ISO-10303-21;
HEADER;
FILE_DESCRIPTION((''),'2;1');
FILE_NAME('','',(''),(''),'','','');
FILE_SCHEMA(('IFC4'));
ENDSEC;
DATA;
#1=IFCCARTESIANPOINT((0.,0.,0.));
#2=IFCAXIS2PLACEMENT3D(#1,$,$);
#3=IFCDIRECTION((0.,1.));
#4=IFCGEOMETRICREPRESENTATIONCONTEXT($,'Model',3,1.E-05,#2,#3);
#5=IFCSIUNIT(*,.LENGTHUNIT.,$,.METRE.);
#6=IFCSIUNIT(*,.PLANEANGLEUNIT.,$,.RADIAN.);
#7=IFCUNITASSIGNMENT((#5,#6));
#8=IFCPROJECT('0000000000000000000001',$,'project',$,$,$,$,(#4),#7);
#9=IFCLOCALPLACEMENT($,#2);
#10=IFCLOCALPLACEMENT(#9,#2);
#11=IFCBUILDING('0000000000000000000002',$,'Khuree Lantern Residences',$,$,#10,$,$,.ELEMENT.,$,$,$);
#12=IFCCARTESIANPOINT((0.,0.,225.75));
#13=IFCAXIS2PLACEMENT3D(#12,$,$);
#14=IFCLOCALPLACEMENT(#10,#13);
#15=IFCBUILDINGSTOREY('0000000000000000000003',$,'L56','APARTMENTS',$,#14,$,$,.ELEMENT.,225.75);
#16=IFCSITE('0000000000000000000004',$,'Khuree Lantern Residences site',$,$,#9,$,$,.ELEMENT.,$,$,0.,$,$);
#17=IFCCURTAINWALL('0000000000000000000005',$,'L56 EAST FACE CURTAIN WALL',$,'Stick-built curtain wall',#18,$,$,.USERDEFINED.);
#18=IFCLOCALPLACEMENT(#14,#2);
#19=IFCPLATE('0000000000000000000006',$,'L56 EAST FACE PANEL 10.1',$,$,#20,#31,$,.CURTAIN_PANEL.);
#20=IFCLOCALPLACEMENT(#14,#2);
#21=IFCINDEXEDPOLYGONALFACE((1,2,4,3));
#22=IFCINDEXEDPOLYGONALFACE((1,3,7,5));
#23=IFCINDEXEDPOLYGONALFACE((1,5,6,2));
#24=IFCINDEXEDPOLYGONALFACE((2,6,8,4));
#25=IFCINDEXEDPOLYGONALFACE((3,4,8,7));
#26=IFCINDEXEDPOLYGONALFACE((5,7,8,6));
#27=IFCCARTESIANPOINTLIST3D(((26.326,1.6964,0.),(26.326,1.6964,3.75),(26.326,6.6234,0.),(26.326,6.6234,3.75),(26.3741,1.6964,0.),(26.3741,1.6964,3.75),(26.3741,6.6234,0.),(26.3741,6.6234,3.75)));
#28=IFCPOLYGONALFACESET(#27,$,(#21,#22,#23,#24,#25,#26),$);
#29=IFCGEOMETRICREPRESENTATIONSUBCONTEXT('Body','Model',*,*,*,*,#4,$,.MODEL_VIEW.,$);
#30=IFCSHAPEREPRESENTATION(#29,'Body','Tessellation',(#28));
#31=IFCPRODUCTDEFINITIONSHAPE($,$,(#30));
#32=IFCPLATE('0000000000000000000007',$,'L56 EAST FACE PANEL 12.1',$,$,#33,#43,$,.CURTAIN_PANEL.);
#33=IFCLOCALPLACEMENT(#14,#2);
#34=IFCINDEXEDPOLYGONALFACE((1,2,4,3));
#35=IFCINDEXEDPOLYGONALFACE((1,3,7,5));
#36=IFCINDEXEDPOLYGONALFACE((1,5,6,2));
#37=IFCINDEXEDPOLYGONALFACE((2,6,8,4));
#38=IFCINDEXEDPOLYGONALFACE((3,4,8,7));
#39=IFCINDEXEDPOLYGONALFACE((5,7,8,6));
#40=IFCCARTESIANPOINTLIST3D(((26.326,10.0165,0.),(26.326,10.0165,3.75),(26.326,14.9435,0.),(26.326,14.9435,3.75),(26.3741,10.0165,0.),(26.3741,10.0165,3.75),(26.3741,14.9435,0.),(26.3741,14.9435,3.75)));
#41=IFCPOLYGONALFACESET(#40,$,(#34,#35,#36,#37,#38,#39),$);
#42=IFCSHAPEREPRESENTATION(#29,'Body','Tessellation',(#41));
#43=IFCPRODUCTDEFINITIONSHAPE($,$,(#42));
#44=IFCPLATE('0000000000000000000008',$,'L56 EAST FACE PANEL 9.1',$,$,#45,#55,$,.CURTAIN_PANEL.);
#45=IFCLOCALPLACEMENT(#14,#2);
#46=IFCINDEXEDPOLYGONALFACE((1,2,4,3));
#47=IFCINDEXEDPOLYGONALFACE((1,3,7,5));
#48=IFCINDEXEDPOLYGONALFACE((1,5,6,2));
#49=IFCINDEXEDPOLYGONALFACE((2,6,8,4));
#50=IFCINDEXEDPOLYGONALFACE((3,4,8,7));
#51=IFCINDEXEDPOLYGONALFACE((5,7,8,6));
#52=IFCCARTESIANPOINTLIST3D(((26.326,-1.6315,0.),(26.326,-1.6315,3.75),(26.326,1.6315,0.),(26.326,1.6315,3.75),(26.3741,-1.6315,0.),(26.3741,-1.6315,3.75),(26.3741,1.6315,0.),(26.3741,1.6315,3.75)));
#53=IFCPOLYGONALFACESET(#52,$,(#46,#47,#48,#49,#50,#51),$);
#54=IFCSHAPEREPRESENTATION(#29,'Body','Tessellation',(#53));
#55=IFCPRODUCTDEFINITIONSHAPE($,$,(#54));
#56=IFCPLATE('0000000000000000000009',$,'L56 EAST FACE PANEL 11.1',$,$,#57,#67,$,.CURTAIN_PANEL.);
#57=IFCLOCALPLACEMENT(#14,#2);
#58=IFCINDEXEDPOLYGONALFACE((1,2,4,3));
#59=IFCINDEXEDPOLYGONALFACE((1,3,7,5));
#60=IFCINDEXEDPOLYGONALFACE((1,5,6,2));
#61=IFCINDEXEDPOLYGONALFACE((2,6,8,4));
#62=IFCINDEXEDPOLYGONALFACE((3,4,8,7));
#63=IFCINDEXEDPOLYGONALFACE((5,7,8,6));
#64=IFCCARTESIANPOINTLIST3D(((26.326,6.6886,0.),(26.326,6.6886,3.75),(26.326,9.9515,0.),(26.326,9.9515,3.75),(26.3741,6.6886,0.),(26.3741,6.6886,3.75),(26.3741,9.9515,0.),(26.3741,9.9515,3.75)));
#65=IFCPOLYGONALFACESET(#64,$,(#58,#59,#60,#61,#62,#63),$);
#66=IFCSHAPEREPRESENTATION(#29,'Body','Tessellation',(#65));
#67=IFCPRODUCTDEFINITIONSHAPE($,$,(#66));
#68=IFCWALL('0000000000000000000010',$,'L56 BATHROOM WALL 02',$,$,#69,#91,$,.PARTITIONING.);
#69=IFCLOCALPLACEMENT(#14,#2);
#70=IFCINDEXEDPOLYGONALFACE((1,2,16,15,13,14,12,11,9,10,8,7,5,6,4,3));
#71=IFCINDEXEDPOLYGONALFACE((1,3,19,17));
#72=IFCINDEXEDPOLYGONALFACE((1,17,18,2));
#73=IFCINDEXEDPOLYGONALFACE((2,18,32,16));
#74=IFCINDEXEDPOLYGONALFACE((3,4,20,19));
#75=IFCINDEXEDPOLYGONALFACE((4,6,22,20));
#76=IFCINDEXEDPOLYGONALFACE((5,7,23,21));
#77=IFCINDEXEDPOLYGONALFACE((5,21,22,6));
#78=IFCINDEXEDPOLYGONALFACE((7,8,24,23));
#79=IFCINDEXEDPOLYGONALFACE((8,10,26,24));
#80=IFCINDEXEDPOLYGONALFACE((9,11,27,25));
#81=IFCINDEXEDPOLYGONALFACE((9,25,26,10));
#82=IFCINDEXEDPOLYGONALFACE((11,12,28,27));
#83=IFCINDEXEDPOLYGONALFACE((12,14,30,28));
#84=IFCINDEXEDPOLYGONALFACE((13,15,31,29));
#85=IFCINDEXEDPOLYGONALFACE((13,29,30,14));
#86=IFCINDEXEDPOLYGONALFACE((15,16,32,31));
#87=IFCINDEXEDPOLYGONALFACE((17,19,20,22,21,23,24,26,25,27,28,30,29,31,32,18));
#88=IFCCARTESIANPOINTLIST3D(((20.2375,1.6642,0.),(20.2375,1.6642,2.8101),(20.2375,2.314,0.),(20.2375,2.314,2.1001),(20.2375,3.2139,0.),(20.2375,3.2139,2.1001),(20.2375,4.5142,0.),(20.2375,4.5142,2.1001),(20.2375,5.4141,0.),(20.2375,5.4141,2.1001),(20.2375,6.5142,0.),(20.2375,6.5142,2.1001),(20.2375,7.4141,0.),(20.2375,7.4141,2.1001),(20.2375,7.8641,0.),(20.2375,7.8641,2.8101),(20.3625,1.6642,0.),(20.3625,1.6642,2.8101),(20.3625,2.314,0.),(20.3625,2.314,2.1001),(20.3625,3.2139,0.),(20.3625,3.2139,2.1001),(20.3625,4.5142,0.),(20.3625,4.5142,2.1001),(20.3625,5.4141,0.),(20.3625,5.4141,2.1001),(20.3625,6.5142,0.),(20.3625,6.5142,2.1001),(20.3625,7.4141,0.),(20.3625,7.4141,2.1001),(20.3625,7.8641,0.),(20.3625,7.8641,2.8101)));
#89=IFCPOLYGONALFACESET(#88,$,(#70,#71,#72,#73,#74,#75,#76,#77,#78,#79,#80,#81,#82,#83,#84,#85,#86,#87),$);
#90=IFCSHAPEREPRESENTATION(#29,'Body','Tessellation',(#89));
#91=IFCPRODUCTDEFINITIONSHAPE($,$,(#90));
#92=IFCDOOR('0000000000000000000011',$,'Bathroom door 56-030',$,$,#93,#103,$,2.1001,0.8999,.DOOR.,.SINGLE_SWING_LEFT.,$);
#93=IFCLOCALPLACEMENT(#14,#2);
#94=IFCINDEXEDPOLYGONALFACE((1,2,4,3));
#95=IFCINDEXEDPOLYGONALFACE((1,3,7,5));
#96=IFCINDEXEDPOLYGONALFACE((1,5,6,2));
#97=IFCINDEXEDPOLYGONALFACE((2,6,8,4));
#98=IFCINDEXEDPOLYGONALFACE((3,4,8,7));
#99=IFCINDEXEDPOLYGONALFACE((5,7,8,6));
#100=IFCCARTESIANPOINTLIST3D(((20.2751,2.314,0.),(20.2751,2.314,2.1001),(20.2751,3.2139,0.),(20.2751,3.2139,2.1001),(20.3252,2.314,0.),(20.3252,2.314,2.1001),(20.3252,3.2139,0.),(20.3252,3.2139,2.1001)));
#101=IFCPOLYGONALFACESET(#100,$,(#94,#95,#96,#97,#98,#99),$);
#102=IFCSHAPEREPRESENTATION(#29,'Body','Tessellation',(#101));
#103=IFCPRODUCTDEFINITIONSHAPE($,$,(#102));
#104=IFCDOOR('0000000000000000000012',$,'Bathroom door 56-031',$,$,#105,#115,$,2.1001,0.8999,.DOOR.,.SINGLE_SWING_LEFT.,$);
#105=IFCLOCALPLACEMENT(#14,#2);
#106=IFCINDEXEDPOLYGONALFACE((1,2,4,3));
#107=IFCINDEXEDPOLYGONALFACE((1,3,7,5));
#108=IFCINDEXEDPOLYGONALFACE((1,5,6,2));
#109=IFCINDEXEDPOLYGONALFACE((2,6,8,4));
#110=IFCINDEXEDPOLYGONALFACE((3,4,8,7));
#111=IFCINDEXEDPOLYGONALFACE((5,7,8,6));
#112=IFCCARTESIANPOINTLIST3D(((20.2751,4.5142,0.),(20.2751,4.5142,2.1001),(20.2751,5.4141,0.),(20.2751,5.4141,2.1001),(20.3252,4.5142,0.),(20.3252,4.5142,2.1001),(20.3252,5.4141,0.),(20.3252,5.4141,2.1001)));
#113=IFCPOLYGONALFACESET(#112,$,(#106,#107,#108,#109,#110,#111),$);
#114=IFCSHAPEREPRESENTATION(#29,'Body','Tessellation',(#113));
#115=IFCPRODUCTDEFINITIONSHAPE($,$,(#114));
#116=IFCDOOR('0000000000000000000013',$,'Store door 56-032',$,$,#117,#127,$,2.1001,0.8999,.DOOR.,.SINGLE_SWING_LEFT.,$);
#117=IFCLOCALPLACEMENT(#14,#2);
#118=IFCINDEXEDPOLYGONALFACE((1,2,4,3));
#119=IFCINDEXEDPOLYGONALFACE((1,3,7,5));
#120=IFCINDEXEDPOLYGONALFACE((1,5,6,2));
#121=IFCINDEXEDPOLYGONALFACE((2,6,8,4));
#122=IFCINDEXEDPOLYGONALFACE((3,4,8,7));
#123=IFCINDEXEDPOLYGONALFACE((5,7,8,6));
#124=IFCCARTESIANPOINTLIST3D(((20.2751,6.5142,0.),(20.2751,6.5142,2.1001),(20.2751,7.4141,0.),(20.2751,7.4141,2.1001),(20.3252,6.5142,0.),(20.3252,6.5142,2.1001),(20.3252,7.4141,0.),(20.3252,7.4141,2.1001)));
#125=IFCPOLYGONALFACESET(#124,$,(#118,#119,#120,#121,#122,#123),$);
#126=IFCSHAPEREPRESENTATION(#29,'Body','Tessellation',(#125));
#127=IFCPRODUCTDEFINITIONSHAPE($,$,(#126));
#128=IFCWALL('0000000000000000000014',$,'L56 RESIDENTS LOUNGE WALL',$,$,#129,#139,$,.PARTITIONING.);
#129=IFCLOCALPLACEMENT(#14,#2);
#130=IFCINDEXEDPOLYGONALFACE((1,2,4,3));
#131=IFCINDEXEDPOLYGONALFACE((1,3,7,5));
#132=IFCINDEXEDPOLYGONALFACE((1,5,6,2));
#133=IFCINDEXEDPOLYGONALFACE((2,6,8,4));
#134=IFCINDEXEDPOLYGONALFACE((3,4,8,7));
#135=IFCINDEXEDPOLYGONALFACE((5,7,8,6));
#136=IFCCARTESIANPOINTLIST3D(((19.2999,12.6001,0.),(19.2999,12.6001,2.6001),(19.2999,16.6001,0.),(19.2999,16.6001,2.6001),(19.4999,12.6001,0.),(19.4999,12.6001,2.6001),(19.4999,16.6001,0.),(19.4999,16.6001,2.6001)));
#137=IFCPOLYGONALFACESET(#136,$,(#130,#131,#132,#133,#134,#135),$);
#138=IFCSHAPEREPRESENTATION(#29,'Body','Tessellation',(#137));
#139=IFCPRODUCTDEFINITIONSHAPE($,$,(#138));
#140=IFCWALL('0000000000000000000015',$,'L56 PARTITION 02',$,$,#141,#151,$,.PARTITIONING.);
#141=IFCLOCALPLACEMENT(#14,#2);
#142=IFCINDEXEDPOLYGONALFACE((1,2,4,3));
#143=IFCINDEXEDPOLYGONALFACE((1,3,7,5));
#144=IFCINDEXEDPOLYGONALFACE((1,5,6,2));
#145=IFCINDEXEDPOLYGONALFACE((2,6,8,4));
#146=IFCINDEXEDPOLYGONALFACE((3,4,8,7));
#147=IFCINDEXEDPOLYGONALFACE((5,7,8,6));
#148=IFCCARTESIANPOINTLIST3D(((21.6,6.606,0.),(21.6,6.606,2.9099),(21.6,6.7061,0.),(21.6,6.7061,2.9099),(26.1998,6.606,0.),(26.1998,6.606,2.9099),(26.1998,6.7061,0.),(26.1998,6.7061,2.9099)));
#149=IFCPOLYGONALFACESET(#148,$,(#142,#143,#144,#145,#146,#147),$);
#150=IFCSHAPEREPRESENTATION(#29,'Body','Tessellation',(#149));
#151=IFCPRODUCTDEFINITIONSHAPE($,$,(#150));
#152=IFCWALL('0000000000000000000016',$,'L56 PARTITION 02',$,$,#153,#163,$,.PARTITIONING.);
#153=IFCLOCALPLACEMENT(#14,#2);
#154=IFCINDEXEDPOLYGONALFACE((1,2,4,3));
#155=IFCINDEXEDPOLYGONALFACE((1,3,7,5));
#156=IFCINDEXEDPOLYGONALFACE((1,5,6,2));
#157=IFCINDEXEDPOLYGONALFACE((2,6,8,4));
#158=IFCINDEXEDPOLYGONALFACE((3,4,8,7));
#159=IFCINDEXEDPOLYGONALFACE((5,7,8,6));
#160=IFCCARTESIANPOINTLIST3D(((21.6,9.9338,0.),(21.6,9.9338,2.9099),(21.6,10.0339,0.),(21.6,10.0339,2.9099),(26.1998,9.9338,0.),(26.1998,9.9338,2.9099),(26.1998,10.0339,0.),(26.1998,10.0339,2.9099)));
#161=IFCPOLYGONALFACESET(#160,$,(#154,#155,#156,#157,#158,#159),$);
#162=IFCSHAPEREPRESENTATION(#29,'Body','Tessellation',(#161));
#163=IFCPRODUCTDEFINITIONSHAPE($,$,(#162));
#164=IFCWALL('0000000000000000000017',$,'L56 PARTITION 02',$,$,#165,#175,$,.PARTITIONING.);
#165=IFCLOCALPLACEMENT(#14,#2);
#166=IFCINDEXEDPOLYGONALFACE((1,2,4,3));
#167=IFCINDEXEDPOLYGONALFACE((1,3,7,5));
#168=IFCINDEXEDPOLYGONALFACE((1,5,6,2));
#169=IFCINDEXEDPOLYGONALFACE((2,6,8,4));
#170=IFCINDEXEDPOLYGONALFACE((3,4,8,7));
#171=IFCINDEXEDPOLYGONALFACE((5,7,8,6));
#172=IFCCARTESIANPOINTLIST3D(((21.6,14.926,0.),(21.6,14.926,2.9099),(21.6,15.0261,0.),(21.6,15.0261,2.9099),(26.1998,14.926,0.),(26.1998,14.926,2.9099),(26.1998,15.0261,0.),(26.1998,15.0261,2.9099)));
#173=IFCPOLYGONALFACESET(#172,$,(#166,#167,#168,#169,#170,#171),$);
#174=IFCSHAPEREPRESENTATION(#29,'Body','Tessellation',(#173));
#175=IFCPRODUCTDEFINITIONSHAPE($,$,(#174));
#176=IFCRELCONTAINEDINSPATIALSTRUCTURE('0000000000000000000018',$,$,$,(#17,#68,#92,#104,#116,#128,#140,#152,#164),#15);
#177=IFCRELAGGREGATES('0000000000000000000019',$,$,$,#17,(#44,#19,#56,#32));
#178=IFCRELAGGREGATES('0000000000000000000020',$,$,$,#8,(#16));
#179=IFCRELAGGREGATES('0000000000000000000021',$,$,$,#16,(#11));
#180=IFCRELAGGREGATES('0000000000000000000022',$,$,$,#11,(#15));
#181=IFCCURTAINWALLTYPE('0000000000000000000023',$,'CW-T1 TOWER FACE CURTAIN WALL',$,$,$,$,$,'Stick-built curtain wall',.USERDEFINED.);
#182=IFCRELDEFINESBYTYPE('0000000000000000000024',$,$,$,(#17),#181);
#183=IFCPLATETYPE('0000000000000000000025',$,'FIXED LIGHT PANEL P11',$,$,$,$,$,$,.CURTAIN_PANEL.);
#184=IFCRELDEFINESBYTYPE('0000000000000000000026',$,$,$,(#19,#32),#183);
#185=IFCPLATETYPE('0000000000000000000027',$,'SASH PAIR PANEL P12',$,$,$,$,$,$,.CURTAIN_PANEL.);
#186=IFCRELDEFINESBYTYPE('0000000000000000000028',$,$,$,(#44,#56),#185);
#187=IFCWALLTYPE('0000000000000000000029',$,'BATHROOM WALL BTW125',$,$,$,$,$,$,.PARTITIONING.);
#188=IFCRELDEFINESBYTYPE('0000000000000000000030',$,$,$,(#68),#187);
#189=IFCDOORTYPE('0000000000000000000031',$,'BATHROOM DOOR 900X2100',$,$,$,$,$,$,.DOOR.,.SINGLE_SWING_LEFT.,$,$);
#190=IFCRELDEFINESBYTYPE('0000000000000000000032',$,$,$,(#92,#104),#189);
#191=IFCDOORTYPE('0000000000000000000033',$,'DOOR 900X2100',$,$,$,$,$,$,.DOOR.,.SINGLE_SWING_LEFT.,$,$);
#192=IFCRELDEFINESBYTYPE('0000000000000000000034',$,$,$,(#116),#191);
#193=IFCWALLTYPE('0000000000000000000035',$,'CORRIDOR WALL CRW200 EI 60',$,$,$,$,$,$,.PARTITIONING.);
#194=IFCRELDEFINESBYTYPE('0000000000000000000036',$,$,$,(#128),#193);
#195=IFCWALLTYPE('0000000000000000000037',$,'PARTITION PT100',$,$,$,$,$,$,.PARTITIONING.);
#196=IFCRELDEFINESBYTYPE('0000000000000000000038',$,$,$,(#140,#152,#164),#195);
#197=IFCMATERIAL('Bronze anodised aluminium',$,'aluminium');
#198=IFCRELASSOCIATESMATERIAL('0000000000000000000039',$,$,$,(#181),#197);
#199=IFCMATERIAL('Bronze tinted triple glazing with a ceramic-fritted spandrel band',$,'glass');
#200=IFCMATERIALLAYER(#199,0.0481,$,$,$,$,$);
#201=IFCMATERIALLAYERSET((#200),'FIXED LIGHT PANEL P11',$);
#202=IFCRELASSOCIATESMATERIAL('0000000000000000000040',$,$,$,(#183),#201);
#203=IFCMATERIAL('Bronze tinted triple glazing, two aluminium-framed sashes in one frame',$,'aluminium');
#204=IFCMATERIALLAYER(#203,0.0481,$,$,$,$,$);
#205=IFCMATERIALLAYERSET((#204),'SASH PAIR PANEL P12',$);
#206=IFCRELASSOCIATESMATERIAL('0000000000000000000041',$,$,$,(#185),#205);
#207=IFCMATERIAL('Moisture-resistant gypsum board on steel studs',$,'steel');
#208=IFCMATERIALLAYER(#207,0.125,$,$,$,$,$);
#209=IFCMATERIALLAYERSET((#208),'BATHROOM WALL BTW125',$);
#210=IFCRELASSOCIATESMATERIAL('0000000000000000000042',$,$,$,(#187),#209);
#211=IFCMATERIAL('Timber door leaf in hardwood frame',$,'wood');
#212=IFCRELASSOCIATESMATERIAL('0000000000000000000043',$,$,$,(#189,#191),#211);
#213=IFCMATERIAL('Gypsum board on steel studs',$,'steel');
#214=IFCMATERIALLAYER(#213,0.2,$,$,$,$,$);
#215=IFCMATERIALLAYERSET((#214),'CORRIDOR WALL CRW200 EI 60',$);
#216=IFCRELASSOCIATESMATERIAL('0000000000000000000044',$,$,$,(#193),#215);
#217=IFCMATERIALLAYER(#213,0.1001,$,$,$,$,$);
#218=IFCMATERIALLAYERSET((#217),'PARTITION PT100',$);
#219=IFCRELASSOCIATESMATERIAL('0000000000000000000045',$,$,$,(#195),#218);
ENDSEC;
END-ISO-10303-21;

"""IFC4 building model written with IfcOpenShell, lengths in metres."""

from ifc_helpers import new_model, si_unit, direction, frame, frame_2d, origin, origin_2d, place, context, subcontext, project, spatial, rectangle, extrude, material, layer, layer_set, type_object, element, fill, aggregate, save


model = new_model("IFC4")

# Units and contexts
model_context = context("Model", 3, precision=1e-05, world=origin(), true_north=direction((0.0, 1.0)))
body_context = subcontext(model_context, "Body", "Model", "MODEL_VIEW")
ifc_project = project(units=[si_unit("LENGTHUNIT", "METRE"), si_unit("PLANEANGLEUNIT", "RADIAN")], contexts=[model_context])

# Site, building, storey
site_placement = place(None, origin())
site = spatial("IfcSite", under=ifc_project, at=site_placement, Name="Khuree Lantern Residences site", CompositionType="ELEMENT", RefElevation=0.0)
building_placement = place(site_placement, origin())
building = spatial("IfcBuilding", under=site, at=building_placement, Name="Khuree Lantern Residences", CompositionType="ELEMENT")
storey_placement = place(building_placement, frame((0.0, 0.0, 225.75)))
storey = spatial("IfcBuildingStorey", under=building, at=storey_placement, Name="L56", Description="APARTMENTS", CompositionType="ELEMENT", Elevation=225.75)

# Curtain wall
ifc_material_1 = material(Name="Bronze anodised aluminium", Category="aluminium")
curtain_wall_type = type_object("IfcCurtainWallType", Name="CW-T1 TOWER FACE CURTAIN WALL", ElementType="Stick-built curtain wall", PredefinedType="USERDEFINED", material=ifc_material_1)
curtain_wall_placement = place(storey_placement, origin())
curtain_wall = element("IfcCurtainWall", 1, at=curtain_wall_placement, inside=storey, type_object=curtain_wall_type, Name="L56 EAST FACE CURTAIN WALL", ObjectType="Stick-built curtain wall", PredefinedType="USERDEFINED")

# Plates
ifc_material_2 = material(Name="Bronze tinted triple glazing with a ceramic-fritted spandrel band", Category="glass")
ifc_layer_1 = layer(ifc_material_2, 0.0481)
ifc_layer_set_1 = layer_set([ifc_layer_1], Name="FIXED LIGHT PANEL P11")
plate_type_1 = type_object("IfcPlateType", Name="FIXED LIGHT PANEL P11", PredefinedType="CURTAIN_PANEL", material=ifc_layer_set_1)
plate_1_placement = place(storey_placement, frame((26.3501, 4.1599, 0.0), z_axis=(0.0, 0.0, 1.0), x_axis=(0.0, 1.0, 0.0)))
plate_1 = element("IfcPlate", 2, at=plate_1_placement, type_object=plate_type_1, Name="L56 EAST FACE PANEL 10.1", PredefinedType="CURTAIN_PANEL", context=body_context, shape_type="SweptSolid", body=[
    extrude(rectangle(XDim=4.927, YDim=0.0481, at=origin_2d()), origin(), (0.0, 0.0, 1.0), 3.75),
])
plate_2_placement = place(storey_placement, frame((26.3501, 12.48, 0.0), z_axis=(0.0, 0.0, 1.0), x_axis=(0.0, 1.0, 0.0)))
plate_2 = element("IfcPlate", 3, at=plate_2_placement, type_object=plate_type_1, Name="L56 EAST FACE PANEL 12.1", PredefinedType="CURTAIN_PANEL", context=body_context, shape_type="SweptSolid", body=[
    extrude(rectangle(XDim=4.927, YDim=0.0481, at=origin_2d()), origin(), (0.0, 0.0, 1.0), 3.75),
])
ifc_material_3 = material(Name="Bronze tinted triple glazing, two aluminium-framed sashes in one frame", Category="aluminium")
ifc_layer_2 = layer(ifc_material_3, 0.0481)
ifc_layer_set_2 = layer_set([ifc_layer_2], Name="SASH PAIR PANEL P12")
plate_type_2 = type_object("IfcPlateType", Name="SASH PAIR PANEL P12", PredefinedType="CURTAIN_PANEL", material=ifc_layer_set_2)
plate_3_placement = place(storey_placement, frame((26.3501, 0.0, 0.0), z_axis=(0.0, 0.0, 1.0), x_axis=(0.0, 1.0, 0.0)))
plate_3 = element("IfcPlate", 4, at=plate_3_placement, type_object=plate_type_2, Name="L56 EAST FACE PANEL 9.1", PredefinedType="CURTAIN_PANEL", context=body_context, shape_type="SweptSolid", body=[
    extrude(rectangle(XDim=3.2629, YDim=0.0481, at=origin_2d()), origin(), (0.0, 0.0, 1.0), 3.75),
])
plate_4_placement = place(storey_placement, frame((26.3501, 8.3201, 0.0), z_axis=(0.0, 0.0, 1.0), x_axis=(0.0, 1.0, 0.0)))
plate_4 = element("IfcPlate", 5, at=plate_4_placement, type_object=plate_type_2, Name="L56 EAST FACE PANEL 11.1", PredefinedType="CURTAIN_PANEL", context=body_context, shape_type="SweptSolid", body=[
    extrude(rectangle(XDim=3.2629, YDim=0.0481, at=origin_2d()), origin(), (0.0, 0.0, 1.0), 3.75),
])
aggregate(curtain_wall, [plate_3, plate_1, plate_4, plate_2])

# Wall, openings, doors
ifc_material_4 = material(Name="Moisture-resistant gypsum board on steel studs", Category="steel")
ifc_layer_3 = layer(ifc_material_4, 0.125)
ifc_layer_set_3 = layer_set([ifc_layer_3], Name="BATHROOM WALL BTW125")
wall_type_1 = type_object("IfcWallType", Name="BATHROOM WALL BTW125", PredefinedType="PARTITIONING", material=ifc_layer_set_3)
wall_1_placement = place(storey_placement, frame((20.3, 1.6641, 0.0), z_axis=(0.0, 0.0, 1.0), x_axis=(0.0, 1.0, 0.0)))
wall_1 = element("IfcWall", 6, at=wall_1_placement, inside=storey, type_object=wall_type_1, Name="L56 BATHROOM WALL 02", PredefinedType="PARTITIONING", context=body_context, shape_type="SweptSolid", body=[
    extrude(rectangle(XDim=6.2, YDim=0.125, at=frame_2d((3.1001, 0.0))), origin(), (0.0, 0.0, 1.0), 2.8101),
])
opening_1_placement = place(wall_1_placement, frame((0.6499, 0.0, 0.0)))
opening_1 = element("IfcOpeningElement", 7, at=opening_1_placement, cuts=wall_1, PredefinedType="OPENING", context=body_context, shape_type="SweptSolid", body=[
    extrude(rectangle(XDim=0.8999, YDim=2.1001, at=frame_2d((0.45, 1.05))), frame((0.0, 0.0725, 0.0), z_axis=(0.0, -1.0, 0.0), x_axis=(1.0, 0.0, 0.0)), (0.0, 0.0, 1.0), 0.145),
])
opening_2_placement = place(wall_1_placement, frame((2.8501, 0.0, 0.0)))
opening_2 = element("IfcOpeningElement", 8, at=opening_2_placement, cuts=wall_1, PredefinedType="OPENING", context=body_context, shape_type="SweptSolid", body=[
    extrude(rectangle(XDim=0.8999, YDim=2.1001, at=frame_2d((0.45, 1.05))), frame((0.0, 0.0725, 0.0), z_axis=(0.0, -1.0, 0.0), x_axis=(1.0, 0.0, 0.0)), (0.0, 0.0, 1.0), 0.145),
])
opening_3_placement = place(wall_1_placement, frame((4.8501, 0.0, 0.0)))
opening_3 = element("IfcOpeningElement", 9, at=opening_3_placement, cuts=wall_1, PredefinedType="OPENING", context=body_context, shape_type="SweptSolid", body=[
    extrude(rectangle(XDim=0.8999, YDim=2.1001, at=frame_2d((0.45, 1.05))), frame((0.0, 0.0725, 0.0), z_axis=(0.0, -1.0, 0.0), x_axis=(1.0, 0.0, 0.0)), (0.0, 0.0, 1.0), 0.145),
])
ifc_material_5 = material(Name="Timber door leaf in hardwood frame", Category="wood")
door_type_1 = type_object("IfcDoorType", Name="BATHROOM DOOR 900X2100", OperationType="SINGLE_SWING_LEFT", PredefinedType="DOOR", material=ifc_material_5)
door_1_placement = place(opening_1_placement, origin())
door_1 = element("IfcDoor", 10, at=door_1_placement, inside=storey, type_object=door_type_1, Name="Bathroom door 56-030", OperationType="SINGLE_SWING_LEFT", OverallHeight=2.1001, OverallWidth=0.8999, PredefinedType="DOOR", context=body_context, shape_type="SweptSolid", body=[
    extrude(rectangle(XDim=0.8999, YDim=2.1001, at=frame_2d((0.45, 1.05))), frame((0.0, 0.0249, 0.0), z_axis=(0.0, -1.0, 0.0), x_axis=(1.0, 0.0, 0.0)), (0.0, 0.0, 1.0), 0.05),
])
fill(opening_1, door_1)
door_2_placement = place(opening_2_placement, origin())
door_2 = element("IfcDoor", 11, at=door_2_placement, inside=storey, type_object=door_type_1, Name="Bathroom door 56-031", OperationType="SINGLE_SWING_LEFT", OverallHeight=2.1001, OverallWidth=0.8999, PredefinedType="DOOR", context=body_context, shape_type="SweptSolid", body=[
    extrude(rectangle(XDim=0.8999, YDim=2.1001, at=frame_2d((0.45, 1.05))), frame((0.0, 0.0249, 0.0), z_axis=(0.0, -1.0, 0.0), x_axis=(1.0, 0.0, 0.0)), (0.0, 0.0, 1.0), 0.05),
])
fill(opening_2, door_2)
door_type_2 = type_object("IfcDoorType", Name="DOOR 900X2100", OperationType="SINGLE_SWING_LEFT", PredefinedType="DOOR", material=ifc_material_5)
door_3_placement = place(opening_3_placement, origin())
door_3 = element("IfcDoor", 12, at=door_3_placement, inside=storey, type_object=door_type_2, Name="Store door 56-032", OperationType="SINGLE_SWING_LEFT", OverallHeight=2.1001, OverallWidth=0.8999, PredefinedType="DOOR", context=body_context, shape_type="SweptSolid", body=[
    extrude(rectangle(XDim=0.8999, YDim=2.1001, at=frame_2d((0.45, 1.05))), frame((0.0, 0.0249, 0.0), z_axis=(0.0, -1.0, 0.0), x_axis=(1.0, 0.0, 0.0)), (0.0, 0.0, 1.0), 0.05),
])
fill(opening_3, door_3)

# Walls
ifc_material_6 = material(Name="Gypsum board on steel studs", Category="steel")
ifc_layer_4 = layer(ifc_material_6, 0.2)
ifc_layer_set_4 = layer_set([ifc_layer_4], Name="CORRIDOR WALL CRW200 EI 60")
wall_type_2 = type_object("IfcWallType", Name="CORRIDOR WALL CRW200 EI 60", PredefinedType="PARTITIONING", material=ifc_layer_set_4)
wall_2_placement = place(storey_placement, frame((19.3999, 12.6001, 0.0), z_axis=(0.0, 0.0, 1.0), x_axis=(0.0, 1.0, 0.0)))
element("IfcWall", 13, at=wall_2_placement, inside=storey, type_object=wall_type_2, Name="L56 RESIDENTS LOUNGE WALL", PredefinedType="PARTITIONING", context=body_context, shape_type="SweptSolid", body=[
    extrude(rectangle(XDim=4.0, YDim=0.2, at=frame_2d((2.0, 0.0))), origin(), (0.0, 0.0, 1.0), 2.6001),
])
ifc_layer_5 = layer(ifc_material_6, 0.1001)
ifc_layer_set_5 = layer_set([ifc_layer_5], Name="PARTITION PT100")
wall_type_3 = type_object("IfcWallType", Name="PARTITION PT100", PredefinedType="PARTITIONING", material=ifc_layer_set_5)
for number, where, z_axis, x_axis, name in (
    (14, (21.6001, 6.656, 0.0), (0.0, 0.0, 1.0), (1.0, 0.0, 0.0), "L56 PARTITION 02"),
    (15, (21.6001, 9.9839, 0.0), (0.0, 0.0, 1.0), (1.0, 0.0, 0.0), "L56 PARTITION 02"),
    (16, (21.6001, 14.9761, 0.0), (0.0, 0.0, 1.0), (1.0, 0.0, 0.0), "L56 PARTITION 02"),
):
    element("IfcWall", number, at=place(storey_placement, frame(where, z_axis=z_axis, x_axis=x_axis)), inside=storey, type_object=wall_type_3, Name=name, PredefinedType="PARTITIONING", context=body_context, shape_type="SweptSolid", body=[
        extrude(rectangle(XDim=4.5999, YDim=0.1001, at=frame_2d((2.2998, 0.0))), origin(), (0.0, 0.0, 1.0), 2.9099),
    ])

save(model, "model.ifc")
